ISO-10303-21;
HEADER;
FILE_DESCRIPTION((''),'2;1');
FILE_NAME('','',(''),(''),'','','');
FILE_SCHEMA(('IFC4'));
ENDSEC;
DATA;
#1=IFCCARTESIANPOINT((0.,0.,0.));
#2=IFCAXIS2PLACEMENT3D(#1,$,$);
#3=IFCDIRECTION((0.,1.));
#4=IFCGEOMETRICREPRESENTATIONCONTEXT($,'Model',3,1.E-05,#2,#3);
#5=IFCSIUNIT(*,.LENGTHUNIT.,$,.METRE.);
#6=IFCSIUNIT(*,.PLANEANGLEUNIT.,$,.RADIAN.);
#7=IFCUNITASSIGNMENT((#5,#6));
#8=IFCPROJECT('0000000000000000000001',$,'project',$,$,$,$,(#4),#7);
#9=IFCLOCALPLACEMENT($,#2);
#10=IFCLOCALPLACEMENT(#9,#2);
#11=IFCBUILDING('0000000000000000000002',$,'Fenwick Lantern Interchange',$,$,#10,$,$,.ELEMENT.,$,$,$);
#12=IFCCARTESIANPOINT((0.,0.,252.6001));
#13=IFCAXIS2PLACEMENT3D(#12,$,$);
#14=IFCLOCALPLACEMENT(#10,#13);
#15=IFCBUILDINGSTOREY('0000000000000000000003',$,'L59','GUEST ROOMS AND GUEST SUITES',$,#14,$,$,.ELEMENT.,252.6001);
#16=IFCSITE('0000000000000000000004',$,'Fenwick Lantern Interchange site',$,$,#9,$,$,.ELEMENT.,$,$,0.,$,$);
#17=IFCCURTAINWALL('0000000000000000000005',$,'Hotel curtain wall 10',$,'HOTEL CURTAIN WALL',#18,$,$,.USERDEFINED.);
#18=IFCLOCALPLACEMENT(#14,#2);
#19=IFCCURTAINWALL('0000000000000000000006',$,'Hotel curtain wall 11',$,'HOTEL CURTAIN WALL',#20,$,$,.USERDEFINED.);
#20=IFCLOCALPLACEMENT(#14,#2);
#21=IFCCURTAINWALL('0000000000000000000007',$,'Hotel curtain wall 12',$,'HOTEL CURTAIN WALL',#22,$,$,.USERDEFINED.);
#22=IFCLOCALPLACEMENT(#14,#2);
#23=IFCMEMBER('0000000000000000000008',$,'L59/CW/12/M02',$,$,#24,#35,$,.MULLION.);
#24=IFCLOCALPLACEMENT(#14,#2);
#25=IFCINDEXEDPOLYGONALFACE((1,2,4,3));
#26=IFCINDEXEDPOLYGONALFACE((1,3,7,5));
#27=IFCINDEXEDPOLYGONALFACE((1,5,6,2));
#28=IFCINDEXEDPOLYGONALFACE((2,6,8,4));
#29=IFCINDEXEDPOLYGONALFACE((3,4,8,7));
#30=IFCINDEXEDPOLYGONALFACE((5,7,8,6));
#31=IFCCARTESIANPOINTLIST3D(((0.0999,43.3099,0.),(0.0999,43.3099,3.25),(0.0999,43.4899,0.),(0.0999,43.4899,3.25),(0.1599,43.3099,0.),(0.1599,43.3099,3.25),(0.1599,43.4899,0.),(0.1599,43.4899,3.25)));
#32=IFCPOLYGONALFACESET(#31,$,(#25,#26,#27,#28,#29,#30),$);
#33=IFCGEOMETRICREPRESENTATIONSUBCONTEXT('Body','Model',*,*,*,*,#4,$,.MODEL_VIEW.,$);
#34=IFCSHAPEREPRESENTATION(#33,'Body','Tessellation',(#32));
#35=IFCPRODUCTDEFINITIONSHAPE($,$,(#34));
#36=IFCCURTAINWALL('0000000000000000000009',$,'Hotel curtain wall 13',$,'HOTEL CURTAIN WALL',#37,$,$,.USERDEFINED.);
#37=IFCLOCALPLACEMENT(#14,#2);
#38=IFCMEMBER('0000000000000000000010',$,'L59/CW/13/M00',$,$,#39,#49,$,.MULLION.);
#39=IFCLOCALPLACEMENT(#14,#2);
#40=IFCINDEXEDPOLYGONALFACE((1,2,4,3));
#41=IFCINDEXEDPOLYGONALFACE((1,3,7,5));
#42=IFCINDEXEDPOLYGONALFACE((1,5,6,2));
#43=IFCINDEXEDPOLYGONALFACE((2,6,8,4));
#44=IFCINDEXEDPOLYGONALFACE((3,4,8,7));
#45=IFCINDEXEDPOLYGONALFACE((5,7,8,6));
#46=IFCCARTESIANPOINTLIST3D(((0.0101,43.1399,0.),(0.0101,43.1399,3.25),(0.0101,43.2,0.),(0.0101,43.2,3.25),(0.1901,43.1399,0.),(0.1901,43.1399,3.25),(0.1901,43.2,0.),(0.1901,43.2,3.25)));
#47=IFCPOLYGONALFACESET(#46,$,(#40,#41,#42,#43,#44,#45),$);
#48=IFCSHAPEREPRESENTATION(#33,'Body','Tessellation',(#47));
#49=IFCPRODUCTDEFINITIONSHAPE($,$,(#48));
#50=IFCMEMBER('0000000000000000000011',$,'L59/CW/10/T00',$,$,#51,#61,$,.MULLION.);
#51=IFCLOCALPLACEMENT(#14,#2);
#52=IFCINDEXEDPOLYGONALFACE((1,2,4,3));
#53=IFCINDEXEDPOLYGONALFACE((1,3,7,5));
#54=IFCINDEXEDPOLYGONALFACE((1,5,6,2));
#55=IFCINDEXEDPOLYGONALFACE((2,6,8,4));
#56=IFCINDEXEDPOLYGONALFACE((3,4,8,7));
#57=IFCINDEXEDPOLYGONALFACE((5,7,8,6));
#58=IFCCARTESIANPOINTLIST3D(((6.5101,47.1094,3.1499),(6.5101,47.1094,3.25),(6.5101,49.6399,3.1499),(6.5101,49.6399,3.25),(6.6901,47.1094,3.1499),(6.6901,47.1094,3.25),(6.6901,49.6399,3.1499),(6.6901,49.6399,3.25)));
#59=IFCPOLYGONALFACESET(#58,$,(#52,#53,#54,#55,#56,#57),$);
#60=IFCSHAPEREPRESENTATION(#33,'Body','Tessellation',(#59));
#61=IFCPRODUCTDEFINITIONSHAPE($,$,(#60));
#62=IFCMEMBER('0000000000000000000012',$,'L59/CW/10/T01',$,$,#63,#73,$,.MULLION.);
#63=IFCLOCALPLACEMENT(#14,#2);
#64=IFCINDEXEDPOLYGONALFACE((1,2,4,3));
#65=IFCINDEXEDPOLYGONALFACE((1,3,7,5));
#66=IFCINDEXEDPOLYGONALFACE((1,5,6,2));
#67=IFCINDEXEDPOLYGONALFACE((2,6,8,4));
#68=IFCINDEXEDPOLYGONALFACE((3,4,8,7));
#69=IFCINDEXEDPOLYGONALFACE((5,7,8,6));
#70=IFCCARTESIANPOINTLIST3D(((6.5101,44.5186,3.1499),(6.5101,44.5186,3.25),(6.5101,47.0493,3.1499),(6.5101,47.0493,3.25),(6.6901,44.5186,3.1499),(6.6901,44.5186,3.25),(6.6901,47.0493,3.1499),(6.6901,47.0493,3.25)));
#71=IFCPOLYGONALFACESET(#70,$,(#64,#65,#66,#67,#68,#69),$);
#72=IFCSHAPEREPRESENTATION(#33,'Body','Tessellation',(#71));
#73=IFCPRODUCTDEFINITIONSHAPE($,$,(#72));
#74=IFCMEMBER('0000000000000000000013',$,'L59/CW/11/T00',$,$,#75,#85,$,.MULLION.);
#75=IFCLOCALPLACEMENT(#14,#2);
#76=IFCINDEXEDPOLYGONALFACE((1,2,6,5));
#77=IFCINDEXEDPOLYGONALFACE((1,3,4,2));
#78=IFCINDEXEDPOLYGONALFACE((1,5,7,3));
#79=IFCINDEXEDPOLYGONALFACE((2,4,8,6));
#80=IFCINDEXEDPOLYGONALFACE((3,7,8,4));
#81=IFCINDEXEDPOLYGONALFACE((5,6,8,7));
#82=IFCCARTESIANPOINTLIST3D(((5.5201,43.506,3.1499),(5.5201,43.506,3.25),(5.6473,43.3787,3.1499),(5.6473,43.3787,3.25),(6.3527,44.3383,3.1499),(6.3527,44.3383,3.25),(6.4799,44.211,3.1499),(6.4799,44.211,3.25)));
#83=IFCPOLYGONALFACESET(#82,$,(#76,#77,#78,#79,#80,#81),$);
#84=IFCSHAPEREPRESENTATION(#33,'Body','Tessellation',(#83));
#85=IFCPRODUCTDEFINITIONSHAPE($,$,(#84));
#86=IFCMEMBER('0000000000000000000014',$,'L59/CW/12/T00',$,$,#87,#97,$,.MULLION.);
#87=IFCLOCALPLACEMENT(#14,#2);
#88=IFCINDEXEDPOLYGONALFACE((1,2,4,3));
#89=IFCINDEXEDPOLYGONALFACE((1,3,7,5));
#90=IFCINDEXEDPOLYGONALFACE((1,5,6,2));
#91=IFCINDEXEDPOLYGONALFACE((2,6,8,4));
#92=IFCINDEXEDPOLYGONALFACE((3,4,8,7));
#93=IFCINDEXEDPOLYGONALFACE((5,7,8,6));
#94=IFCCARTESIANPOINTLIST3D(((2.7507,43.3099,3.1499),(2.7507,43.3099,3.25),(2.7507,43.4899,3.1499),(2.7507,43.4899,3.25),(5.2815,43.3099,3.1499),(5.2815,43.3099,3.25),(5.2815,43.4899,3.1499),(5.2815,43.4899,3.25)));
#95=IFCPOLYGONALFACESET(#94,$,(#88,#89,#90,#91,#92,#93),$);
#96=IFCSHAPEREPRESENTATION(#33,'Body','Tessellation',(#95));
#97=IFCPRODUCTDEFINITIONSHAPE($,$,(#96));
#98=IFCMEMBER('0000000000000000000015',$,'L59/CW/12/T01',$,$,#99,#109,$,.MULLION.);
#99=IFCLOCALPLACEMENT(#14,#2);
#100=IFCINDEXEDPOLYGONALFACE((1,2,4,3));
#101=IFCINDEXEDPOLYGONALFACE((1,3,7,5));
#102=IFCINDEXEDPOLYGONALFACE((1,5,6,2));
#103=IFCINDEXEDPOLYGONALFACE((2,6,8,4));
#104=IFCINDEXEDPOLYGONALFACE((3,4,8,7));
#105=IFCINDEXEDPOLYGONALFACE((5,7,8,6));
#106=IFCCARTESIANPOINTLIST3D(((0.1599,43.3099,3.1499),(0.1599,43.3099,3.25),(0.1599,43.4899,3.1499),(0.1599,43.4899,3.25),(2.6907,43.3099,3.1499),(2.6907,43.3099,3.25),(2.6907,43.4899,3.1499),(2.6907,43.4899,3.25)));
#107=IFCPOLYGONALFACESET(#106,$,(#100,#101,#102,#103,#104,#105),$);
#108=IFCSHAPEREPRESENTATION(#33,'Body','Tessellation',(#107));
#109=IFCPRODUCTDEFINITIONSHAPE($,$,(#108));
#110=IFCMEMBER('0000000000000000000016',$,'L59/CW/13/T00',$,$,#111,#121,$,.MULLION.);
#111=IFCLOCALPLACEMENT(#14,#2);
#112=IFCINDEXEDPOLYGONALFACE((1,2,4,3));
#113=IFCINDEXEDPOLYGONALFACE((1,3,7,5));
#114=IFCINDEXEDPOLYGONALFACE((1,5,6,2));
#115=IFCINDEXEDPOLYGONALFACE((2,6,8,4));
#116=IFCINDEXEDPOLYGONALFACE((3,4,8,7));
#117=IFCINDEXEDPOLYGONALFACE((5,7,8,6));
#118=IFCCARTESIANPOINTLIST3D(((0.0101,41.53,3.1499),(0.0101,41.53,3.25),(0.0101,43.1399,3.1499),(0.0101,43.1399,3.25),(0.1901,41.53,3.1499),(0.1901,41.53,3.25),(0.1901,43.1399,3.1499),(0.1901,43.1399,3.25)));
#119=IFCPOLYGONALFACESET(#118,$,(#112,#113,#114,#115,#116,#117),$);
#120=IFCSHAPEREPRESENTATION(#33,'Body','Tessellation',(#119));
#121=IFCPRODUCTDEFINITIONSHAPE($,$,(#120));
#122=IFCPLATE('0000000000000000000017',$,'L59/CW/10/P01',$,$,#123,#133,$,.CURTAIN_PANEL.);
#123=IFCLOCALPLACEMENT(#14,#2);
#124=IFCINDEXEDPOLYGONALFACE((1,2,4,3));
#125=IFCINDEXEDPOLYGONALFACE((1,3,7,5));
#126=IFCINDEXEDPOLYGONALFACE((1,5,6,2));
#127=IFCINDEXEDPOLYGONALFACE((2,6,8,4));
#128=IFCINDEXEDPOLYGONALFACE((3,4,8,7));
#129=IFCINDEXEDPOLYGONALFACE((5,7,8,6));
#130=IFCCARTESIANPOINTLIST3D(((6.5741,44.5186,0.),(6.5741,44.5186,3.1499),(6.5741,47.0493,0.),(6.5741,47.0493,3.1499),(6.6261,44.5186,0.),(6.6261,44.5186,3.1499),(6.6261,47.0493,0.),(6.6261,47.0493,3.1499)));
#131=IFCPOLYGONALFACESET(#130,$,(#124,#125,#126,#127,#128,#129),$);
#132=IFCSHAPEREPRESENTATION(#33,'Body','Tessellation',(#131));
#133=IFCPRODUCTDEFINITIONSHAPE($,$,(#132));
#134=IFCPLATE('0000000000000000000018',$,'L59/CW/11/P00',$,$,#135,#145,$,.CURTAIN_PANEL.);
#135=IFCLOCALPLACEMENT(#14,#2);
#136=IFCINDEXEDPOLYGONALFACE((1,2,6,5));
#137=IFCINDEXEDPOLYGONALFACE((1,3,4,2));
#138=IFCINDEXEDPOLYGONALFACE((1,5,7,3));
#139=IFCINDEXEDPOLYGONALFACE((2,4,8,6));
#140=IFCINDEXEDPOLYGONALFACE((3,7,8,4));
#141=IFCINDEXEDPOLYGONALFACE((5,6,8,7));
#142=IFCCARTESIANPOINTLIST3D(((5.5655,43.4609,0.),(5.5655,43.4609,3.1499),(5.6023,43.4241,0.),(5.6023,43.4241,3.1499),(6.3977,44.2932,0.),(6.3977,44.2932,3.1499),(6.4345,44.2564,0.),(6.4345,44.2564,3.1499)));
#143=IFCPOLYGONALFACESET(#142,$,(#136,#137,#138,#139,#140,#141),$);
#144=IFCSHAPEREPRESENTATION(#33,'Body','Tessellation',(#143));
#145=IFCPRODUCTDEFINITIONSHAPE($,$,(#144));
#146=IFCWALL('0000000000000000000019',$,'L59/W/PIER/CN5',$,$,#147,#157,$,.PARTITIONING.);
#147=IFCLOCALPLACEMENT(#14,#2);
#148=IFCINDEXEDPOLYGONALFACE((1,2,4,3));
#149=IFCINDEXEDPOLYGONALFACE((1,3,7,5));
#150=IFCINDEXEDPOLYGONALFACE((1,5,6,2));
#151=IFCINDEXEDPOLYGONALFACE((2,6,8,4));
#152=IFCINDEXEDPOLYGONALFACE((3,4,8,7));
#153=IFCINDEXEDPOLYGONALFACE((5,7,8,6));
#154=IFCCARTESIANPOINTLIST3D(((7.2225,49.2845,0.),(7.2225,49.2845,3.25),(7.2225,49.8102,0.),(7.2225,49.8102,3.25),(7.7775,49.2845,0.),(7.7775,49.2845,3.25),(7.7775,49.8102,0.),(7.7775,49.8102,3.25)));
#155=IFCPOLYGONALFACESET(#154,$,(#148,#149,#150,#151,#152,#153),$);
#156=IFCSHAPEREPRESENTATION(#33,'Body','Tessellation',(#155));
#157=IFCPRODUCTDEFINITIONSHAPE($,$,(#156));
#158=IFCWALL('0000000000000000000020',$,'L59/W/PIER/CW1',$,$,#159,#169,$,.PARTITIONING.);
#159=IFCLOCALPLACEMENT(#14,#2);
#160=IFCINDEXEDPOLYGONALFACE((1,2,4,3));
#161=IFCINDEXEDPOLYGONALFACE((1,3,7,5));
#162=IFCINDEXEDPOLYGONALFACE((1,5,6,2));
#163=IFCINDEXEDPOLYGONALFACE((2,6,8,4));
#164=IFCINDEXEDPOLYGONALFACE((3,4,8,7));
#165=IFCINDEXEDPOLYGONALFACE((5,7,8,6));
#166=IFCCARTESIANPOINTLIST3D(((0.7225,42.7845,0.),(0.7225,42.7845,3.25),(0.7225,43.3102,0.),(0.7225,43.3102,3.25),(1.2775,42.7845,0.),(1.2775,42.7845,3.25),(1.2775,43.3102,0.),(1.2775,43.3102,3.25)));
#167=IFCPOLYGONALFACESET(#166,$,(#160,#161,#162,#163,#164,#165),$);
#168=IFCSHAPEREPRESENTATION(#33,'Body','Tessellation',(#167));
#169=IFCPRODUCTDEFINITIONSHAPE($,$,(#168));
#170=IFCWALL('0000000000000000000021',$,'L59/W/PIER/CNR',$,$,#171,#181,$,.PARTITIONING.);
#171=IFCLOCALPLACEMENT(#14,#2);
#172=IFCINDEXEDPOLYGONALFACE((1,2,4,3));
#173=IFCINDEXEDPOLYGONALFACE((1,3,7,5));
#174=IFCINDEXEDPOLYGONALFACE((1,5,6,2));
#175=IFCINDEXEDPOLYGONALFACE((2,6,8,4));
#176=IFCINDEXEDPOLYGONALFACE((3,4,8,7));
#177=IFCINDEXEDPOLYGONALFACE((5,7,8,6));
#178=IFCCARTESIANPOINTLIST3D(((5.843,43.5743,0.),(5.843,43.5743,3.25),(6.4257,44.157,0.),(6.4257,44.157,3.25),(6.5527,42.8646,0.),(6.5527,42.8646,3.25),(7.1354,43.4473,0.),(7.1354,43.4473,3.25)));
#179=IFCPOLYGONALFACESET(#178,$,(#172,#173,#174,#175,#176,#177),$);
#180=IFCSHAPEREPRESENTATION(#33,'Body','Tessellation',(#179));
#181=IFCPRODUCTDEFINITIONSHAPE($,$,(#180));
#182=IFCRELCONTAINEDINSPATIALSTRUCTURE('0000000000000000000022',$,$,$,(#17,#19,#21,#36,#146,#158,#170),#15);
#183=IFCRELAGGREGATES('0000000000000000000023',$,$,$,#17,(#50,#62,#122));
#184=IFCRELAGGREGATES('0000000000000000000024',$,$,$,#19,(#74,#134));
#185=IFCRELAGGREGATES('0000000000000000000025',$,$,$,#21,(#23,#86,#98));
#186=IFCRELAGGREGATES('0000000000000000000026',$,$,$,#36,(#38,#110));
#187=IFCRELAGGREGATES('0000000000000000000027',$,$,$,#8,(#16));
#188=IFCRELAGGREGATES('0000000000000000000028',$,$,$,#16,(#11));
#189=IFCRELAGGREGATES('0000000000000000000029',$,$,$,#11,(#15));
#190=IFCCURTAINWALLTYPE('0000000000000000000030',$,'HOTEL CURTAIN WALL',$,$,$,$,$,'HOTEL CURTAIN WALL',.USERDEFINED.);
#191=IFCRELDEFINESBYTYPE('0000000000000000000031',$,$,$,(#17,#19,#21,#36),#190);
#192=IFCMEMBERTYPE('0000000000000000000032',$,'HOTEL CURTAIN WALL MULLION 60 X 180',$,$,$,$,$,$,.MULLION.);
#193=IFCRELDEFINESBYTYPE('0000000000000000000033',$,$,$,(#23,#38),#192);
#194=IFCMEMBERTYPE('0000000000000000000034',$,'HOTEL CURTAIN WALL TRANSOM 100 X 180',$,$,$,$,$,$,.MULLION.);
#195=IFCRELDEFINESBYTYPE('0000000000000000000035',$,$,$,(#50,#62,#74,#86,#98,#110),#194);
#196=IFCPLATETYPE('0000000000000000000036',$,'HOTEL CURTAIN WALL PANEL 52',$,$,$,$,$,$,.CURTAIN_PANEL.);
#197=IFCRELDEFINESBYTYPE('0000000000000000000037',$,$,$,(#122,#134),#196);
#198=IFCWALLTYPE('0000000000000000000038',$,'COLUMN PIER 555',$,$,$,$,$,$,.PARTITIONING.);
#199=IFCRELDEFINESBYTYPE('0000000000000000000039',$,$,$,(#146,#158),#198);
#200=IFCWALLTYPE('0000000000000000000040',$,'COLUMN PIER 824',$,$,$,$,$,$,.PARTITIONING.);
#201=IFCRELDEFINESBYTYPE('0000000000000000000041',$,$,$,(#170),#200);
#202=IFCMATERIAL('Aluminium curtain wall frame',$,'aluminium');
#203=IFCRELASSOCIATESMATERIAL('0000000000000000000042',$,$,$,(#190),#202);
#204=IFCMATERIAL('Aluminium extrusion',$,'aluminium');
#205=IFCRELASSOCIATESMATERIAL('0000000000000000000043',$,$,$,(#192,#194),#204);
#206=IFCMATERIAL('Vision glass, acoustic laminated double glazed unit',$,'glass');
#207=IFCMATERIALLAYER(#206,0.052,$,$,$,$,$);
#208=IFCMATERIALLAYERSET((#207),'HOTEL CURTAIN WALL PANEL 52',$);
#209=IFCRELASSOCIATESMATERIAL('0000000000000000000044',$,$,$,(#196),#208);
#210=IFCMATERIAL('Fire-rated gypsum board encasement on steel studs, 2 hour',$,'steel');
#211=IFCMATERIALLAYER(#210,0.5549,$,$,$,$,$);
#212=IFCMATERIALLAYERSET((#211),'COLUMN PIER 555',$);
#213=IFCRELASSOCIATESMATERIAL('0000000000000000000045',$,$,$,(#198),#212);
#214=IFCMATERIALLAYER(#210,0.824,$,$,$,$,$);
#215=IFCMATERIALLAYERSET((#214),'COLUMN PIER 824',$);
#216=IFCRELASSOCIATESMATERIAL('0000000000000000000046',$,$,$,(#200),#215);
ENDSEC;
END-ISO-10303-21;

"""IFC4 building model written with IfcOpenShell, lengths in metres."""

from ifc_helpers import new_model, si_unit, direction, frame, frame_2d, origin, origin_2d, place, context, subcontext, project, spatial, rectangle, extrude, material, layer, layer_set, material_profile, profile_set, type_object, element, aggregate, save


model = new_model("IFC4")

# Units and contexts
model_context = context("Model", 3, precision=1e-05, world=origin(), true_north=direction((0.0, 1.0)))
body_context = subcontext(model_context, "Body", "Model", "MODEL_VIEW")
ifc_project = project(units=[si_unit("LENGTHUNIT", "METRE"), si_unit("PLANEANGLEUNIT", "RADIAN")], contexts=[model_context])

# Site, building, storey
site_placement = place(None, origin())
site = spatial("IfcSite", under=ifc_project, at=site_placement, Name="Fenwick Lantern Interchange site", CompositionType="ELEMENT", RefElevation=0.0)
building_placement = place(site_placement, origin())
building = spatial("IfcBuilding", under=site, at=building_placement, Name="Fenwick Lantern Interchange", CompositionType="ELEMENT")
storey_placement = place(building_placement, frame((0.0, 0.0, 252.6001)))
storey = spatial("IfcBuildingStorey", under=building, at=storey_placement, Name="L59", Description="GUEST ROOMS AND GUEST SUITES", CompositionType="ELEMENT", Elevation=252.6001)

# Shared definitions
ifc_material_1 = material(Name="Aluminium curtain wall frame", Category="aluminium")
curtain_wall_type = type_object("IfcCurtainWallType", Name="HOTEL CURTAIN WALL", ElementType="HOTEL CURTAIN WALL", PredefinedType="USERDEFINED", material=ifc_material_1)
ifc_material_2 = material(Name="Aluminium extrusion", Category="aluminium")
ifc_material_profile_1 = material_profile(ifc_material_2, rectangle(XDim=0.1799, YDim=0.0601, at=origin_2d()), Name="HOTEL CURTAIN WALL MULLION 60 X 180")
ifc_profile_set_1 = profile_set([ifc_material_profile_1], Name="Aluminium extrusion")
member_type_1 = type_object("IfcMemberType", Name="HOTEL CURTAIN WALL MULLION 60 X 180", PredefinedType="MULLION", material=ifc_profile_set_1)

# Curtain walls, member
curtain_wall_1_placement = place(storey_placement, origin())
curtain_wall_1 = element("IfcCurtainWall", 1, at=curtain_wall_1_placement, inside=storey, type_object=curtain_wall_type, Name="Hotel curtain wall 10", ObjectType="HOTEL CURTAIN WALL", PredefinedType="USERDEFINED")
curtain_wall_2_placement = place(storey_placement, origin())
curtain_wall_2 = element("IfcCurtainWall", 2, at=curtain_wall_2_placement, inside=storey, type_object=curtain_wall_type, Name="Hotel curtain wall 11", ObjectType="HOTEL CURTAIN WALL", PredefinedType="USERDEFINED")
curtain_wall_3_placement = place(storey_placement, origin())
curtain_wall_3 = element("IfcCurtainWall", 3, at=curtain_wall_3_placement, inside=storey, type_object=curtain_wall_type, Name="Hotel curtain wall 12", ObjectType="HOTEL CURTAIN WALL", PredefinedType="USERDEFINED")
member_1_placement = place(storey_placement, frame((0.1299, 43.3999, 0.0), z_axis=(0.0, 0.0, 1.0), x_axis=(0.0, -1.0, 0.0)))
member_1 = element("IfcMember", 4, at=member_1_placement, type_object=member_type_1, Name="L59/CW/12/M02", PredefinedType="MULLION", context=body_context, shape_type="SweptSolid", body=[
    extrude(rectangle(XDim=0.1799, YDim=0.0601, at=origin_2d()), origin(), (0.0, 0.0, 1.0), 3.25),
])

# Curtain wall, member
curtain_wall_4_placement = place(storey_placement, origin())
curtain_wall_4 = element("IfcCurtainWall", 5, at=curtain_wall_4_placement, inside=storey, type_object=curtain_wall_type, Name="Hotel curtain wall 13", ObjectType="HOTEL CURTAIN WALL", PredefinedType="USERDEFINED")
member_2_placement = place(storey_placement, frame((0.1001, 43.1699, 0.0), z_axis=(0.0, 0.0, 1.0), x_axis=(1.0, 0.0, 0.0)))
member_2 = element("IfcMember", 6, at=member_2_placement, type_object=member_type_1, Name="L59/CW/13/M00", PredefinedType="MULLION", context=body_context, shape_type="SweptSolid", body=[
    extrude(rectangle(XDim=0.1799, YDim=0.0601, at=origin_2d()), origin(), (0.0, 0.0, 1.0), 3.25),
])

# Members
ifc_material_profile_2 = material_profile(ifc_material_2, rectangle(XDim=0.1799, YDim=0.1001, at=origin_2d()), Name="HOTEL CURTAIN WALL TRANSOM 100 X 180")
ifc_profile_set_2 = profile_set([ifc_material_profile_2], Name="Aluminium extrusion")
member_type_2 = type_object("IfcMemberType", Name="HOTEL CURTAIN WALL TRANSOM 100 X 180", PredefinedType="MULLION", material=ifc_profile_set_2)
member_3_placement = place(storey_placement, frame((6.6001, 49.6399, 3.2), z_axis=(0.0, -1.0, 0.0), x_axis=(1.0, 0.0, 0.0)))
member_3 = element("IfcMember", 7, at=member_3_placement, type_object=member_type_2, Name="L59/CW/10/T00", PredefinedType="MULLION", context=body_context, shape_type="SweptSolid", body=[
    extrude(rectangle(XDim=0.1799, YDim=0.1001, at=origin_2d()), origin(), (0.0, 0.0, 1.0), 2.5305),
])
member_4_placement = place(storey_placement, frame((6.6001, 47.0493, 3.2), z_axis=(0.0, -1.0, 0.0), x_axis=(1.0, 0.0, 0.0)))
member_4 = element("IfcMember", 8, at=member_4_placement, type_object=member_type_2, Name="L59/CW/10/T01", PredefinedType="MULLION", context=body_context, shape_type="SweptSolid", body=[
    extrude(rectangle(XDim=0.1799, YDim=0.1001, at=origin_2d()), origin(), (0.0, 0.0, 1.0), 2.5308),
])
member_5_placement = place(storey_placement, frame((6.4163, 44.2747, 3.2), z_axis=(-0.70721, -0.707003, 0.0), x_axis=(0.707003, -0.70721, 0.0)))
member_5 = element("IfcMember", 9, at=member_5_placement, type_object=member_type_2, Name="L59/CW/11/T00", PredefinedType="MULLION", context=body_context, shape_type="SweptSolid", body=[
    extrude(rectangle(XDim=0.1799, YDim=0.1001, at=origin_2d()), origin(), (0.0, 0.0, 1.0), 1.1772),
])
member_6_placement = place(storey_placement, frame((5.2815, 43.3999, 3.2), z_axis=(-1.0, 0.0, 0.0), x_axis=(0.0, -1.0, 0.0)))
member_6 = element("IfcMember", 10, at=member_6_placement, type_object=member_type_2, Name="L59/CW/12/T00", PredefinedType="MULLION", context=body_context, shape_type="SweptSolid", body=[
    extrude(rectangle(XDim=0.1799, YDim=0.1001, at=origin_2d()), origin(), (0.0, 0.0, 1.0), 2.5308),
])
member_7_placement = place(storey_placement, frame((2.6907, 43.3999, 3.2), z_axis=(-1.0, 0.0, 0.0), x_axis=(0.0, -1.0, 0.0)))
member_7 = element("IfcMember", 11, at=member_7_placement, type_object=member_type_2, Name="L59/CW/12/T01", PredefinedType="MULLION", context=body_context, shape_type="SweptSolid", body=[
    extrude(rectangle(XDim=0.1799, YDim=0.1001, at=origin_2d()), origin(), (0.0, 0.0, 1.0), 2.5308),
])
member_8_placement = place(storey_placement, frame((0.1001, 43.1399, 3.2), z_axis=(0.0, -1.0, 0.0), x_axis=(1.0, 0.0, 0.0)))
member_8 = element("IfcMember", 12, at=member_8_placement, type_object=member_type_2, Name="L59/CW/13/T00", PredefinedType="MULLION", context=body_context, shape_type="SweptSolid", body=[
    extrude(rectangle(XDim=0.1799, YDim=0.1001, at=origin_2d()), origin(), (0.0, 0.0, 1.0), 1.6099),
])

# Plates
ifc_material_3 = material(Name="Vision glass, acoustic laminated double glazed unit", Category="glass")
ifc_layer_1 = layer(ifc_material_3, 0.052)
ifc_layer_set_1 = layer_set([ifc_layer_1], Name="HOTEL CURTAIN WALL PANEL 52")
plate_type = type_object("IfcPlateType", Name="HOTEL CURTAIN WALL PANEL 52", PredefinedType="CURTAIN_PANEL", material=ifc_layer_set_1)
plate_1_placement = place(storey_placement, frame((6.6001, 45.7839, 0.0), z_axis=(0.0, 0.0, 1.0), x_axis=(0.0, -1.0, 0.0)))
plate_1 = element("IfcPlate", 13, at=plate_1_placement, type_object=plate_type, Name="L59/CW/10/P01", PredefinedType="CURTAIN_PANEL", context=body_context, shape_type="SweptSolid", body=[
    extrude(rectangle(XDim=2.5308, YDim=0.052, at=origin_2d()), origin(), (0.0, 0.0, 1.0), 3.1499),
])
aggregate(curtain_wall_1, [member_3, member_4, plate_1])
plate_2_placement = place(storey_placement, frame((6.0, 43.8586, 0.0), z_axis=(0.0, 0.0, 1.0), x_axis=(-0.707107, -0.707107, 0.0)))
plate_2 = element("IfcPlate", 14, at=plate_2_placement, type_object=plate_type, Name="L59/CW/11/P00", PredefinedType="CURTAIN_PANEL", context=body_context, shape_type="SweptSolid", body=[
    extrude(rectangle(XDim=1.177, YDim=0.052, at=origin_2d()), origin(), (0.0, 0.0, 1.0), 3.1499),
])
aggregate(curtain_wall_2, [member_5, plate_2])
aggregate(curtain_wall_3, [member_1, member_6, member_7])
aggregate(curtain_wall_4, [member_2, member_8])

# Walls
ifc_material_4 = material(Name="Fire-rated gypsum board encasement on steel studs, 2 hour", Category="steel")
ifc_layer_2 = layer(ifc_material_4, 0.5549)
ifc_layer_set_2 = layer_set([ifc_layer_2], Name="COLUMN PIER 555")
wall_type_1 = type_object("IfcWallType", Name="COLUMN PIER 555", PredefinedType="PARTITIONING", material=ifc_layer_set_2)
for number, where, z_axis, x_axis, name in (
    (15, (7.5, 49.8101, 0.0), (0.0, 0.0, 1.0), (0.0, -1.0, 0.0), "L59/W/PIER/CN5"),
    (16, (1.0, 43.3101, 0.0), (0.0, 0.0, 1.0), (0.0, -1.0, 0.0), "L59/W/PIER/CW1"),
):
    element("IfcWall", number, at=place(storey_placement, frame(where, z_axis=z_axis, x_axis=x_axis)), inside=storey, type_object=wall_type_1, Name=name, PredefinedType="PARTITIONING", context=body_context, shape_type="SweptSolid", body=[
        extrude(rectangle(XDim=0.5256, YDim=0.5549, at=frame_2d((0.2627, 0.0))), origin(), (0.0, 0.0, 1.0), 3.25),
    ])
ifc_layer_3 = layer(ifc_material_4, 0.824)
ifc_layer_set_3 = layer_set([ifc_layer_3], Name="COLUMN PIER 824")
wall_type_2 = type_object("IfcWallType", Name="COLUMN PIER 824", PredefinedType="PARTITIONING", material=ifc_layer_set_3)
wall_placement = place(storey_placement, frame((6.1343, 43.8657, 0.0), z_axis=(0.0, 0.0, 1.0), x_axis=(0.707107, -0.707107, 0.0)))
element("IfcWall", 17, at=wall_placement, inside=storey, type_object=wall_type_2, Name="L59/W/PIER/CNR", PredefinedType="PARTITIONING", context=body_context, shape_type="SweptSolid", body=[
    extrude(rectangle(XDim=1.0037, YDim=0.824, at=frame_2d((0.502, 0.0))), origin(), (0.0, 0.0, 1.0), 3.25),
])

save(model, "model.ifc")
